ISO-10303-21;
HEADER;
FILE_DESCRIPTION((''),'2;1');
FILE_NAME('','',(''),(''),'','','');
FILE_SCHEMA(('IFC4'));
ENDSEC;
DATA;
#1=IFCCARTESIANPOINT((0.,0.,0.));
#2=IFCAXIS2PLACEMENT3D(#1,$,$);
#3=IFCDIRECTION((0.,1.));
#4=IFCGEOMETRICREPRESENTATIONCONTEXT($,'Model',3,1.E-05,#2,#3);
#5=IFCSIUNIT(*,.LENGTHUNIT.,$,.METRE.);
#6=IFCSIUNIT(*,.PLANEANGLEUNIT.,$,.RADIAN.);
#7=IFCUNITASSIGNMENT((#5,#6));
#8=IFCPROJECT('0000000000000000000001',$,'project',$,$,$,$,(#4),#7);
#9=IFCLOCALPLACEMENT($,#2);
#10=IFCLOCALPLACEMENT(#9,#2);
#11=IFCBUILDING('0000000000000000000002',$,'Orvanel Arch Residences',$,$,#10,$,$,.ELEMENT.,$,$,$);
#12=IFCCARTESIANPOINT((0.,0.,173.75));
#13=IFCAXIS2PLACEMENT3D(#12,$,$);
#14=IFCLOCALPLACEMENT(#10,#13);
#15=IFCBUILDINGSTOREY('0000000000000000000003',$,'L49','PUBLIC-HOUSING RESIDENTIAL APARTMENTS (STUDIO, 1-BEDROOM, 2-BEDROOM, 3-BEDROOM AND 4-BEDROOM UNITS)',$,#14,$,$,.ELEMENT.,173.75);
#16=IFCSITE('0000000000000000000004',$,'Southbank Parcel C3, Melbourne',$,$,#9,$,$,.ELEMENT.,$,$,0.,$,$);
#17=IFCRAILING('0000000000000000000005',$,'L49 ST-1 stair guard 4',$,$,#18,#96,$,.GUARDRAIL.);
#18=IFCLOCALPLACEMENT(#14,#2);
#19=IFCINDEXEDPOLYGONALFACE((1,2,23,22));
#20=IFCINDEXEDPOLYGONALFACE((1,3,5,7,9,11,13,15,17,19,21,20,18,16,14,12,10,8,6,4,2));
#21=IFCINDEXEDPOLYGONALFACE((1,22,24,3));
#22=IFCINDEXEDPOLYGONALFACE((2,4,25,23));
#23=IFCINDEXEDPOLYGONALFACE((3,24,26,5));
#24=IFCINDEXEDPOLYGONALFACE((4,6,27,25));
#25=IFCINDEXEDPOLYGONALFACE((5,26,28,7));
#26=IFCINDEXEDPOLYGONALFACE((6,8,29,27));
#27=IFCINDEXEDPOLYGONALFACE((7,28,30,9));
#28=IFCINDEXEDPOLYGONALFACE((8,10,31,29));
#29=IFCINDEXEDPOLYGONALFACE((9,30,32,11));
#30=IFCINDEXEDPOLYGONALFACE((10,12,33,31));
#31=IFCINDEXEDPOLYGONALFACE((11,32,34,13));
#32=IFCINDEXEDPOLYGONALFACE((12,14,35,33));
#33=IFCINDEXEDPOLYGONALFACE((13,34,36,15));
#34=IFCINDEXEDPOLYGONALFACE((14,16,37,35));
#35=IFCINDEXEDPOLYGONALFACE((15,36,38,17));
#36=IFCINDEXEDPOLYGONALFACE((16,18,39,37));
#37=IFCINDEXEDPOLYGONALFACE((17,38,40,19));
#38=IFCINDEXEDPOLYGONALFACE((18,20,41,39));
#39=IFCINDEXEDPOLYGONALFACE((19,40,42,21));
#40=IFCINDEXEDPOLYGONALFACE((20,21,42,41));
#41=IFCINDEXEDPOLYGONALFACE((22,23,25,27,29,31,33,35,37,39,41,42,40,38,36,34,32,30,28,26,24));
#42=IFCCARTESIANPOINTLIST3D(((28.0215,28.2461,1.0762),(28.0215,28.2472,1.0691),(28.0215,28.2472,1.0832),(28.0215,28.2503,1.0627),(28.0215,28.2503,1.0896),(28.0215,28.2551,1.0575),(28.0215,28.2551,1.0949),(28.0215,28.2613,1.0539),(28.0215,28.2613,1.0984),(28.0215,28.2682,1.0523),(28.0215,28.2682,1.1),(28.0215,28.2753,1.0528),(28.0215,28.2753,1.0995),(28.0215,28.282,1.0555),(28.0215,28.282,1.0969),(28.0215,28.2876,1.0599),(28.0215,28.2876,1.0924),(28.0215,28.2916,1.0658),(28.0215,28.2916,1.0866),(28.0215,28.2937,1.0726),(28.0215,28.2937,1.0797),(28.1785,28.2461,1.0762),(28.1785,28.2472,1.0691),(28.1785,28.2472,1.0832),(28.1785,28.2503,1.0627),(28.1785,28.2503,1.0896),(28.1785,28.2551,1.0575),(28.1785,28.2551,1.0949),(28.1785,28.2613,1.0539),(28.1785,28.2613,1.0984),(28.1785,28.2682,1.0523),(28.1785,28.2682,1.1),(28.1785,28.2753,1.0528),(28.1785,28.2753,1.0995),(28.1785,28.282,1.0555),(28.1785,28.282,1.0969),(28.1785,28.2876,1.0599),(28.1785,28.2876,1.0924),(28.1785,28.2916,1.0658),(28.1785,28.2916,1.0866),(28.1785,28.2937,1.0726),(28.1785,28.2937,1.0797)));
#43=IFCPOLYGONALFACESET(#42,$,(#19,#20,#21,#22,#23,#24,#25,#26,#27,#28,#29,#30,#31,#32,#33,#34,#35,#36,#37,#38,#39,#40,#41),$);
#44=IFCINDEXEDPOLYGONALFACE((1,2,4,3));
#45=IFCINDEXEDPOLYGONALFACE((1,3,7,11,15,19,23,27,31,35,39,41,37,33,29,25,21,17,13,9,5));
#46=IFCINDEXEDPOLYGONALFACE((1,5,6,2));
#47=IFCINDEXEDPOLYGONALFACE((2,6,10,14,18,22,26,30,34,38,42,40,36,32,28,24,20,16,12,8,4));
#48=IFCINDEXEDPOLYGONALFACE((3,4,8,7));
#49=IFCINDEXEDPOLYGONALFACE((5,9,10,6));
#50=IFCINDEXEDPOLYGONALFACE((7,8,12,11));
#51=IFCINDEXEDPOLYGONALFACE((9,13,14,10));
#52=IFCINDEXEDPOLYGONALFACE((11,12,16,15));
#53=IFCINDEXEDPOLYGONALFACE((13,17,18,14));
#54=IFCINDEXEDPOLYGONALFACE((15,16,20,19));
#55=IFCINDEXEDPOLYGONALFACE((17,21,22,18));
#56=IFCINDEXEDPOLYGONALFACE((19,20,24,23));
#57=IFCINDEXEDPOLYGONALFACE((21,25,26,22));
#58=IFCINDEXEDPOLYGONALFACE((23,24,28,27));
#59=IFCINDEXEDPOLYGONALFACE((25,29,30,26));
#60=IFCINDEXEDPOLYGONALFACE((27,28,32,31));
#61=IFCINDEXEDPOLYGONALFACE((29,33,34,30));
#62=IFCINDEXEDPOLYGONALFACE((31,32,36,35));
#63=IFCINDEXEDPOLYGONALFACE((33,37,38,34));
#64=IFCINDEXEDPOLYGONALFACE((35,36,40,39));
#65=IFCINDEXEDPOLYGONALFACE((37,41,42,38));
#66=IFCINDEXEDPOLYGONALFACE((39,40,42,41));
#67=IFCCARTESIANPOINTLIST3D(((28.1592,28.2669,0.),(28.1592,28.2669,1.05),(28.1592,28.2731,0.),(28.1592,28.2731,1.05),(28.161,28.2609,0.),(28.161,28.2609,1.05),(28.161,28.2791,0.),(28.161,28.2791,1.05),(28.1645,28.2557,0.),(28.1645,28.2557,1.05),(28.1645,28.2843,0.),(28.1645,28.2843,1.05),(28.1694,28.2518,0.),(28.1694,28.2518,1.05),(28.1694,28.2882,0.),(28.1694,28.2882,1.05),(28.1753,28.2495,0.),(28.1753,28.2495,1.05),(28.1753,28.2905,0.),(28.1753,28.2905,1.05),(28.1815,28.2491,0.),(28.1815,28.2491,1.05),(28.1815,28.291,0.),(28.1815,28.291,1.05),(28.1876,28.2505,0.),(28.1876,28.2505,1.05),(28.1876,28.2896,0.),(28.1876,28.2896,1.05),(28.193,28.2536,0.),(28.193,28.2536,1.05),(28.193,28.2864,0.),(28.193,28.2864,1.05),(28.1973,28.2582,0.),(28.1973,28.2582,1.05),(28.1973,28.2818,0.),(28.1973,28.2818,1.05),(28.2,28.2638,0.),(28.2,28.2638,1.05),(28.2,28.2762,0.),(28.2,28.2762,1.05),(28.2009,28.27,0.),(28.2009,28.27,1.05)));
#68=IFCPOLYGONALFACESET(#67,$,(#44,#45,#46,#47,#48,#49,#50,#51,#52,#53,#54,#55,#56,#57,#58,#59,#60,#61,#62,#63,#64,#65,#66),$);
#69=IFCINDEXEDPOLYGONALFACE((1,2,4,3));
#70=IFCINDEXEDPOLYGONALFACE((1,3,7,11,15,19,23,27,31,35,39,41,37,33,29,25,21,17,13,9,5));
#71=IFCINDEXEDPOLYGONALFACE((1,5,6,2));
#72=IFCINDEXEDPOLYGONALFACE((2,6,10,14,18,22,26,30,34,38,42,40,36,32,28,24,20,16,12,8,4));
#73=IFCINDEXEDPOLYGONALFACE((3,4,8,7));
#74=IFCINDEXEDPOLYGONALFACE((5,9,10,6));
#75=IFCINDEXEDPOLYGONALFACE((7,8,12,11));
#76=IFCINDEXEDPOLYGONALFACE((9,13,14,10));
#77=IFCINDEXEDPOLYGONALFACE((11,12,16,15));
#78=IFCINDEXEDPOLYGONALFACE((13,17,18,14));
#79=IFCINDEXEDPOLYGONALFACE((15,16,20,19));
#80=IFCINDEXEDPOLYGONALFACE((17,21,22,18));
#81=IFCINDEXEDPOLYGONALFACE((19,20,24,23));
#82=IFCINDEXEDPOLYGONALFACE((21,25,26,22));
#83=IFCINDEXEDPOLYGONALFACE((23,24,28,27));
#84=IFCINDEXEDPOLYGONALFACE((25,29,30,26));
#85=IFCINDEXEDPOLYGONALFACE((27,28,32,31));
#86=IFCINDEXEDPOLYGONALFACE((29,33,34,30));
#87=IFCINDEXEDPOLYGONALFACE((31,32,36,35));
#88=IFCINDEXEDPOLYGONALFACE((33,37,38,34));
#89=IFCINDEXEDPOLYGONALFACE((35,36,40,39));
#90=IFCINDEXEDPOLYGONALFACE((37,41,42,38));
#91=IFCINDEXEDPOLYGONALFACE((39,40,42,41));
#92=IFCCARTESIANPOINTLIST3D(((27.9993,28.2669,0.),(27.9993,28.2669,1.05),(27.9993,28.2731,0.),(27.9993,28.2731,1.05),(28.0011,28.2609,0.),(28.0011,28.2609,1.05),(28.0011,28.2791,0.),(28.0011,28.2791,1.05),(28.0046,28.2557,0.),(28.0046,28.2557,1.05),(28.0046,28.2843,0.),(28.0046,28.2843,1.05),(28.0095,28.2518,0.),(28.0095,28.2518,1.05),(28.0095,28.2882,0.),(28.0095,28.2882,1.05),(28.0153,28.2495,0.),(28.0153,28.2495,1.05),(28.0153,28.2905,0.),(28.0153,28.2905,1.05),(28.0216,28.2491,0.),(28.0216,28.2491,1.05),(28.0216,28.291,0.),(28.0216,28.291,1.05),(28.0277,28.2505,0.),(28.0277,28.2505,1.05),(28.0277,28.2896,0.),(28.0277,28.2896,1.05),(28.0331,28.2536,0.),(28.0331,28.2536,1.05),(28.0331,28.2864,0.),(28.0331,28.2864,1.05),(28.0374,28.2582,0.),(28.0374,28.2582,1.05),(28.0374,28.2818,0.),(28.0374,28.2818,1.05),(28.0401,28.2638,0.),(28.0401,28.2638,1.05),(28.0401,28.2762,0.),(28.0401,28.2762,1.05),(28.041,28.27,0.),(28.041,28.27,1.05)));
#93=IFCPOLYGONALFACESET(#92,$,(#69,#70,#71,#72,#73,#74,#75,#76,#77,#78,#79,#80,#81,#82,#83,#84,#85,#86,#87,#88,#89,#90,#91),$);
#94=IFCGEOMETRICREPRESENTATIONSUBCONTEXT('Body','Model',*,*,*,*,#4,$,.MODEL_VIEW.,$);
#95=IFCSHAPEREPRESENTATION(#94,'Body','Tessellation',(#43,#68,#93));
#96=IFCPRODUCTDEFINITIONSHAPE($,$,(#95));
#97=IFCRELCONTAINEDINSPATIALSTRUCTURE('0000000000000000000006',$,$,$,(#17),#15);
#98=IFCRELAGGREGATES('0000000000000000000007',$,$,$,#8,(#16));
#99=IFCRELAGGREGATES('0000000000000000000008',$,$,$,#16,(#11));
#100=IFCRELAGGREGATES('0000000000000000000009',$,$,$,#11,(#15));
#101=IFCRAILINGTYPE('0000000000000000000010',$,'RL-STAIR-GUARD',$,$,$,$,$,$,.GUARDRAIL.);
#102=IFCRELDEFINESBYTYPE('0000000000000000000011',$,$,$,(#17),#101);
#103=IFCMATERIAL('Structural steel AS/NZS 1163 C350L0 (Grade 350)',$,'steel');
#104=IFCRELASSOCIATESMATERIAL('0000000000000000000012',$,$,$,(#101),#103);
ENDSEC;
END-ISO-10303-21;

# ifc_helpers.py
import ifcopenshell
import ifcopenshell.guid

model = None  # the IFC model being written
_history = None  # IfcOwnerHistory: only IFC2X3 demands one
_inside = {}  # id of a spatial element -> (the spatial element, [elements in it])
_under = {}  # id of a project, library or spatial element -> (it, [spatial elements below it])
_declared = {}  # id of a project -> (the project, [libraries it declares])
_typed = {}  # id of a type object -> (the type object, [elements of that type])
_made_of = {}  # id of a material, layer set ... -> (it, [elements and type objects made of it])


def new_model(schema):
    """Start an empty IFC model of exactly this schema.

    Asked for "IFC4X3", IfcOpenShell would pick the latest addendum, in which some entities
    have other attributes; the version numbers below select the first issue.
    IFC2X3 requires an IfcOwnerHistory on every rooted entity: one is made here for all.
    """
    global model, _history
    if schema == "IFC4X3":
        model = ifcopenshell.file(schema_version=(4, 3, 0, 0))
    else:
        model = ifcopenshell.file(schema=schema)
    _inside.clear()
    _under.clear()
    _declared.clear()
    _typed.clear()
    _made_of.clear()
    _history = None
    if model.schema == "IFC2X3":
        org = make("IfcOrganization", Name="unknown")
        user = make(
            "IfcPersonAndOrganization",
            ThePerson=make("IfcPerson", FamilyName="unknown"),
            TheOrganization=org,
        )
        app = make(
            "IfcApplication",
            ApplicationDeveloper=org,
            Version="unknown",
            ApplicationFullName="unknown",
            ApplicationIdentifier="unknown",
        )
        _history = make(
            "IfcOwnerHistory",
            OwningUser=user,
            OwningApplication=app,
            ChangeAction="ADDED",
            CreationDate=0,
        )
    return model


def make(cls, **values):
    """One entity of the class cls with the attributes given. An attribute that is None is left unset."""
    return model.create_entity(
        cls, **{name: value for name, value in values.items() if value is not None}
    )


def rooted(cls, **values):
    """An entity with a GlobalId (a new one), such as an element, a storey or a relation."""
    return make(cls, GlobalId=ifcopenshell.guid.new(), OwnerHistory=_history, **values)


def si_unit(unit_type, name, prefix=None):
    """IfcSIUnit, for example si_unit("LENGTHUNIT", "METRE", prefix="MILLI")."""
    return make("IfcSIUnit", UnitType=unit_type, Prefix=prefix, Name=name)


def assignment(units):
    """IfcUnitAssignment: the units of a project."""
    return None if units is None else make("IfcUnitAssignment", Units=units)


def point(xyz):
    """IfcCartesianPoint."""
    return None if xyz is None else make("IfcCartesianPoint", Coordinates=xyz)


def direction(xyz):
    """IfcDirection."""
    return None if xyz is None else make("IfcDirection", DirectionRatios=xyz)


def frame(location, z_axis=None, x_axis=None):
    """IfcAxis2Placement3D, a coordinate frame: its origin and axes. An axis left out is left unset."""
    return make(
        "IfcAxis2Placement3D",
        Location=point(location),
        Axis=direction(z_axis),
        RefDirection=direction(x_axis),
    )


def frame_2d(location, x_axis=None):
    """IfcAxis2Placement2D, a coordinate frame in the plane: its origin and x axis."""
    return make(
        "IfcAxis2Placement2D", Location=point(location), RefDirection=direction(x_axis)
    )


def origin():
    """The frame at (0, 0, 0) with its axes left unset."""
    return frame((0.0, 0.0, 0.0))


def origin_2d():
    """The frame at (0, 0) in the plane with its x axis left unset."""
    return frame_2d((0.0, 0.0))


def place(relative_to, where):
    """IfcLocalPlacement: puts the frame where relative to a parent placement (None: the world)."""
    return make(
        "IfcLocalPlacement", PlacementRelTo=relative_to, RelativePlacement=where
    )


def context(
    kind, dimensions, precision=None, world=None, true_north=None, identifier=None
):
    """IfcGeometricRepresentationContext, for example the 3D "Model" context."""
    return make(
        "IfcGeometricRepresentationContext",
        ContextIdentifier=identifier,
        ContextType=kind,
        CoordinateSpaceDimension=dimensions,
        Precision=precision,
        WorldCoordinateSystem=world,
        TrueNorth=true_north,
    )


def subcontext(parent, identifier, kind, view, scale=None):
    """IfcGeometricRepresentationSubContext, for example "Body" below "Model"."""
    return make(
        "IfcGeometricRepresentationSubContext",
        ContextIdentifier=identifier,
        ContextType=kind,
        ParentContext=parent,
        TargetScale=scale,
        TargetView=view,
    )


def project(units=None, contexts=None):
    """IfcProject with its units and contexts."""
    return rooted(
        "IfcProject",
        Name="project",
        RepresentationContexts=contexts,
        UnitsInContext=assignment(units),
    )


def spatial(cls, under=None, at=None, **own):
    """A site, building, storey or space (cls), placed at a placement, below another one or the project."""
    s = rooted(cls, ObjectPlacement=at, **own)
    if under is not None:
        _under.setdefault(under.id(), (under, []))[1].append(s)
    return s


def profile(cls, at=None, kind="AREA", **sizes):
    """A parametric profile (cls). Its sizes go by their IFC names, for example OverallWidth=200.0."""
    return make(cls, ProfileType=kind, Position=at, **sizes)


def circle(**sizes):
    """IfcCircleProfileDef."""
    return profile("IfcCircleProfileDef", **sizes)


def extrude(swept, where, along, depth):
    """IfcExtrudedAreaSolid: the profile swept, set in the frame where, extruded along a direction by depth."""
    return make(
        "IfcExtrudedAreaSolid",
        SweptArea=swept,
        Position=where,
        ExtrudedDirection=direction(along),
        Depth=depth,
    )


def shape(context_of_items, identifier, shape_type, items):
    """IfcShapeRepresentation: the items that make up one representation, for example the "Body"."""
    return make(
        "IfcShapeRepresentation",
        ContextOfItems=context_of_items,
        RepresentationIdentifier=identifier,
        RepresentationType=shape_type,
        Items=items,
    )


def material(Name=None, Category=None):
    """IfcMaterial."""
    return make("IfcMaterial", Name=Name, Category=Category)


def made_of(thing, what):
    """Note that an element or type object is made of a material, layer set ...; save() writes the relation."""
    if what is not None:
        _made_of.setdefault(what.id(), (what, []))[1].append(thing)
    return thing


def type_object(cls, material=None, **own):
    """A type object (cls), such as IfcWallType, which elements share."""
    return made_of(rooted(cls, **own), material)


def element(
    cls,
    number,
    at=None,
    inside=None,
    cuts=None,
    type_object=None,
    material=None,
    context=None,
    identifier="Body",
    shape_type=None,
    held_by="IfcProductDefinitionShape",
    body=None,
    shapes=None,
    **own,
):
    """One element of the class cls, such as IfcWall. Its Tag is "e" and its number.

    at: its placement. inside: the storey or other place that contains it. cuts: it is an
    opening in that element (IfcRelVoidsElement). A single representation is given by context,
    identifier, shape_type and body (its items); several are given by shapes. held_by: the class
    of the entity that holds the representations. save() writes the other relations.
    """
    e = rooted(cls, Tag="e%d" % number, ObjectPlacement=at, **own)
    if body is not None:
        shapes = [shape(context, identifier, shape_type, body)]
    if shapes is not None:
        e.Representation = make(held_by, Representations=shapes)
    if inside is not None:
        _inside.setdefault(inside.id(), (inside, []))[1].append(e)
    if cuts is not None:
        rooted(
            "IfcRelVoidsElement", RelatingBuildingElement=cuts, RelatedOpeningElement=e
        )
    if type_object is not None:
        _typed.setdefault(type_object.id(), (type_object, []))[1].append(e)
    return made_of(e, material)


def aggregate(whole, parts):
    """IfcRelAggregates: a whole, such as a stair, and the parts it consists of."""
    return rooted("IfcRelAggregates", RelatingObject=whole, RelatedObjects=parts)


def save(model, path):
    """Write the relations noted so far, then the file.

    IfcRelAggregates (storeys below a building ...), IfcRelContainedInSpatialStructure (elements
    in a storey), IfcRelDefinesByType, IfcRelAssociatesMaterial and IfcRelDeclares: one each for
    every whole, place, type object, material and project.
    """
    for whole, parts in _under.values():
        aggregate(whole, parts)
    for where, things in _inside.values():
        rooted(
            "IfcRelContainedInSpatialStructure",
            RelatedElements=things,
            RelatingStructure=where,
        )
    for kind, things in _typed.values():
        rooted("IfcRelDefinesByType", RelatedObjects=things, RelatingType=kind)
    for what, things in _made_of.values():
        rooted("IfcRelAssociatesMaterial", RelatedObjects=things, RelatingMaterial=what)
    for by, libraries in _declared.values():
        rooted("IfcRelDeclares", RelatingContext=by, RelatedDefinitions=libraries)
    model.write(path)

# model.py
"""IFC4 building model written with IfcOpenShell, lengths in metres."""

from ifc_helpers import new_model, si_unit, direction, frame, origin, origin_2d, place, context, subcontext, project, spatial, circle, extrude, material, type_object, element, save


model = new_model("IFC4")

# Units and contexts
model_context = context("Model", 3, precision=1e-05, world=origin(), true_north=direction((0.0, 1.0)))
body_context = subcontext(model_context, "Body", "Model", "MODEL_VIEW")
ifc_project = project(units=[si_unit("LENGTHUNIT", "METRE"), si_unit("PLANEANGLEUNIT", "RADIAN")], contexts=[model_context])

# Site, building, storey
site_placement = place(None, origin())
site = spatial("IfcSite", under=ifc_project, at=site_placement, Name="Southbank Parcel C3, Melbourne", CompositionType="ELEMENT", RefElevation=0.0)
building_placement = place(site_placement, origin())
building = spatial("IfcBuilding", under=site, at=building_placement, Name="Orvanel Arch Residences", CompositionType="ELEMENT")
storey_placement = place(building_placement, frame((0.0, 0.0, 173.75)))
storey = spatial("IfcBuildingStorey", under=building, at=storey_placement, Name="L49", Description="PUBLIC-HOUSING RESIDENTIAL APARTMENTS (STUDIO, 1-BEDROOM, 2-BEDROOM, 3-BEDROOM AND 4-BEDROOM UNITS)", CompositionType="ELEMENT", Elevation=173.75)

# Railing
ifc_material_1 = material(Name="Structural steel AS/NZS 1163 C350L0 (Grade 350)", Category="steel")
railing_type_1 = type_object("IfcRailingType", Name="RL-STAIR-GUARD", PredefinedType="GUARDRAIL", material=ifc_material_1)
railing_1_placement = place(storey_placement, frame((28.1799, 28.27, 0.0)))
element("IfcRailing", 1, at=railing_1_placement, inside=storey, type_object=railing_type_1, Name="L49 ST-1 stair guard 4", PredefinedType="GUARDRAIL", context=body_context, shape_type="SweptSolid", body=[
    extrude(circle(Radius=0.0239, at=origin_2d()), frame((-0.0015, 0.0, 1.0762), z_axis=(-1.0, 0.0, 0.0), x_axis=(0.0, -1.0, 0.0)), (0.0, 0.0, 1.0), 0.157),
    extrude(circle(Radius=0.021, at=origin_2d()), origin(), (0.0, 0.0, 1.0), 1.05),
    extrude(circle(Radius=0.021, at=origin_2d()), frame((-0.1599, 0.0, 0.0)), (0.0, 0.0, 1.0), 1.05),
])

save(model, "model.ifc")
